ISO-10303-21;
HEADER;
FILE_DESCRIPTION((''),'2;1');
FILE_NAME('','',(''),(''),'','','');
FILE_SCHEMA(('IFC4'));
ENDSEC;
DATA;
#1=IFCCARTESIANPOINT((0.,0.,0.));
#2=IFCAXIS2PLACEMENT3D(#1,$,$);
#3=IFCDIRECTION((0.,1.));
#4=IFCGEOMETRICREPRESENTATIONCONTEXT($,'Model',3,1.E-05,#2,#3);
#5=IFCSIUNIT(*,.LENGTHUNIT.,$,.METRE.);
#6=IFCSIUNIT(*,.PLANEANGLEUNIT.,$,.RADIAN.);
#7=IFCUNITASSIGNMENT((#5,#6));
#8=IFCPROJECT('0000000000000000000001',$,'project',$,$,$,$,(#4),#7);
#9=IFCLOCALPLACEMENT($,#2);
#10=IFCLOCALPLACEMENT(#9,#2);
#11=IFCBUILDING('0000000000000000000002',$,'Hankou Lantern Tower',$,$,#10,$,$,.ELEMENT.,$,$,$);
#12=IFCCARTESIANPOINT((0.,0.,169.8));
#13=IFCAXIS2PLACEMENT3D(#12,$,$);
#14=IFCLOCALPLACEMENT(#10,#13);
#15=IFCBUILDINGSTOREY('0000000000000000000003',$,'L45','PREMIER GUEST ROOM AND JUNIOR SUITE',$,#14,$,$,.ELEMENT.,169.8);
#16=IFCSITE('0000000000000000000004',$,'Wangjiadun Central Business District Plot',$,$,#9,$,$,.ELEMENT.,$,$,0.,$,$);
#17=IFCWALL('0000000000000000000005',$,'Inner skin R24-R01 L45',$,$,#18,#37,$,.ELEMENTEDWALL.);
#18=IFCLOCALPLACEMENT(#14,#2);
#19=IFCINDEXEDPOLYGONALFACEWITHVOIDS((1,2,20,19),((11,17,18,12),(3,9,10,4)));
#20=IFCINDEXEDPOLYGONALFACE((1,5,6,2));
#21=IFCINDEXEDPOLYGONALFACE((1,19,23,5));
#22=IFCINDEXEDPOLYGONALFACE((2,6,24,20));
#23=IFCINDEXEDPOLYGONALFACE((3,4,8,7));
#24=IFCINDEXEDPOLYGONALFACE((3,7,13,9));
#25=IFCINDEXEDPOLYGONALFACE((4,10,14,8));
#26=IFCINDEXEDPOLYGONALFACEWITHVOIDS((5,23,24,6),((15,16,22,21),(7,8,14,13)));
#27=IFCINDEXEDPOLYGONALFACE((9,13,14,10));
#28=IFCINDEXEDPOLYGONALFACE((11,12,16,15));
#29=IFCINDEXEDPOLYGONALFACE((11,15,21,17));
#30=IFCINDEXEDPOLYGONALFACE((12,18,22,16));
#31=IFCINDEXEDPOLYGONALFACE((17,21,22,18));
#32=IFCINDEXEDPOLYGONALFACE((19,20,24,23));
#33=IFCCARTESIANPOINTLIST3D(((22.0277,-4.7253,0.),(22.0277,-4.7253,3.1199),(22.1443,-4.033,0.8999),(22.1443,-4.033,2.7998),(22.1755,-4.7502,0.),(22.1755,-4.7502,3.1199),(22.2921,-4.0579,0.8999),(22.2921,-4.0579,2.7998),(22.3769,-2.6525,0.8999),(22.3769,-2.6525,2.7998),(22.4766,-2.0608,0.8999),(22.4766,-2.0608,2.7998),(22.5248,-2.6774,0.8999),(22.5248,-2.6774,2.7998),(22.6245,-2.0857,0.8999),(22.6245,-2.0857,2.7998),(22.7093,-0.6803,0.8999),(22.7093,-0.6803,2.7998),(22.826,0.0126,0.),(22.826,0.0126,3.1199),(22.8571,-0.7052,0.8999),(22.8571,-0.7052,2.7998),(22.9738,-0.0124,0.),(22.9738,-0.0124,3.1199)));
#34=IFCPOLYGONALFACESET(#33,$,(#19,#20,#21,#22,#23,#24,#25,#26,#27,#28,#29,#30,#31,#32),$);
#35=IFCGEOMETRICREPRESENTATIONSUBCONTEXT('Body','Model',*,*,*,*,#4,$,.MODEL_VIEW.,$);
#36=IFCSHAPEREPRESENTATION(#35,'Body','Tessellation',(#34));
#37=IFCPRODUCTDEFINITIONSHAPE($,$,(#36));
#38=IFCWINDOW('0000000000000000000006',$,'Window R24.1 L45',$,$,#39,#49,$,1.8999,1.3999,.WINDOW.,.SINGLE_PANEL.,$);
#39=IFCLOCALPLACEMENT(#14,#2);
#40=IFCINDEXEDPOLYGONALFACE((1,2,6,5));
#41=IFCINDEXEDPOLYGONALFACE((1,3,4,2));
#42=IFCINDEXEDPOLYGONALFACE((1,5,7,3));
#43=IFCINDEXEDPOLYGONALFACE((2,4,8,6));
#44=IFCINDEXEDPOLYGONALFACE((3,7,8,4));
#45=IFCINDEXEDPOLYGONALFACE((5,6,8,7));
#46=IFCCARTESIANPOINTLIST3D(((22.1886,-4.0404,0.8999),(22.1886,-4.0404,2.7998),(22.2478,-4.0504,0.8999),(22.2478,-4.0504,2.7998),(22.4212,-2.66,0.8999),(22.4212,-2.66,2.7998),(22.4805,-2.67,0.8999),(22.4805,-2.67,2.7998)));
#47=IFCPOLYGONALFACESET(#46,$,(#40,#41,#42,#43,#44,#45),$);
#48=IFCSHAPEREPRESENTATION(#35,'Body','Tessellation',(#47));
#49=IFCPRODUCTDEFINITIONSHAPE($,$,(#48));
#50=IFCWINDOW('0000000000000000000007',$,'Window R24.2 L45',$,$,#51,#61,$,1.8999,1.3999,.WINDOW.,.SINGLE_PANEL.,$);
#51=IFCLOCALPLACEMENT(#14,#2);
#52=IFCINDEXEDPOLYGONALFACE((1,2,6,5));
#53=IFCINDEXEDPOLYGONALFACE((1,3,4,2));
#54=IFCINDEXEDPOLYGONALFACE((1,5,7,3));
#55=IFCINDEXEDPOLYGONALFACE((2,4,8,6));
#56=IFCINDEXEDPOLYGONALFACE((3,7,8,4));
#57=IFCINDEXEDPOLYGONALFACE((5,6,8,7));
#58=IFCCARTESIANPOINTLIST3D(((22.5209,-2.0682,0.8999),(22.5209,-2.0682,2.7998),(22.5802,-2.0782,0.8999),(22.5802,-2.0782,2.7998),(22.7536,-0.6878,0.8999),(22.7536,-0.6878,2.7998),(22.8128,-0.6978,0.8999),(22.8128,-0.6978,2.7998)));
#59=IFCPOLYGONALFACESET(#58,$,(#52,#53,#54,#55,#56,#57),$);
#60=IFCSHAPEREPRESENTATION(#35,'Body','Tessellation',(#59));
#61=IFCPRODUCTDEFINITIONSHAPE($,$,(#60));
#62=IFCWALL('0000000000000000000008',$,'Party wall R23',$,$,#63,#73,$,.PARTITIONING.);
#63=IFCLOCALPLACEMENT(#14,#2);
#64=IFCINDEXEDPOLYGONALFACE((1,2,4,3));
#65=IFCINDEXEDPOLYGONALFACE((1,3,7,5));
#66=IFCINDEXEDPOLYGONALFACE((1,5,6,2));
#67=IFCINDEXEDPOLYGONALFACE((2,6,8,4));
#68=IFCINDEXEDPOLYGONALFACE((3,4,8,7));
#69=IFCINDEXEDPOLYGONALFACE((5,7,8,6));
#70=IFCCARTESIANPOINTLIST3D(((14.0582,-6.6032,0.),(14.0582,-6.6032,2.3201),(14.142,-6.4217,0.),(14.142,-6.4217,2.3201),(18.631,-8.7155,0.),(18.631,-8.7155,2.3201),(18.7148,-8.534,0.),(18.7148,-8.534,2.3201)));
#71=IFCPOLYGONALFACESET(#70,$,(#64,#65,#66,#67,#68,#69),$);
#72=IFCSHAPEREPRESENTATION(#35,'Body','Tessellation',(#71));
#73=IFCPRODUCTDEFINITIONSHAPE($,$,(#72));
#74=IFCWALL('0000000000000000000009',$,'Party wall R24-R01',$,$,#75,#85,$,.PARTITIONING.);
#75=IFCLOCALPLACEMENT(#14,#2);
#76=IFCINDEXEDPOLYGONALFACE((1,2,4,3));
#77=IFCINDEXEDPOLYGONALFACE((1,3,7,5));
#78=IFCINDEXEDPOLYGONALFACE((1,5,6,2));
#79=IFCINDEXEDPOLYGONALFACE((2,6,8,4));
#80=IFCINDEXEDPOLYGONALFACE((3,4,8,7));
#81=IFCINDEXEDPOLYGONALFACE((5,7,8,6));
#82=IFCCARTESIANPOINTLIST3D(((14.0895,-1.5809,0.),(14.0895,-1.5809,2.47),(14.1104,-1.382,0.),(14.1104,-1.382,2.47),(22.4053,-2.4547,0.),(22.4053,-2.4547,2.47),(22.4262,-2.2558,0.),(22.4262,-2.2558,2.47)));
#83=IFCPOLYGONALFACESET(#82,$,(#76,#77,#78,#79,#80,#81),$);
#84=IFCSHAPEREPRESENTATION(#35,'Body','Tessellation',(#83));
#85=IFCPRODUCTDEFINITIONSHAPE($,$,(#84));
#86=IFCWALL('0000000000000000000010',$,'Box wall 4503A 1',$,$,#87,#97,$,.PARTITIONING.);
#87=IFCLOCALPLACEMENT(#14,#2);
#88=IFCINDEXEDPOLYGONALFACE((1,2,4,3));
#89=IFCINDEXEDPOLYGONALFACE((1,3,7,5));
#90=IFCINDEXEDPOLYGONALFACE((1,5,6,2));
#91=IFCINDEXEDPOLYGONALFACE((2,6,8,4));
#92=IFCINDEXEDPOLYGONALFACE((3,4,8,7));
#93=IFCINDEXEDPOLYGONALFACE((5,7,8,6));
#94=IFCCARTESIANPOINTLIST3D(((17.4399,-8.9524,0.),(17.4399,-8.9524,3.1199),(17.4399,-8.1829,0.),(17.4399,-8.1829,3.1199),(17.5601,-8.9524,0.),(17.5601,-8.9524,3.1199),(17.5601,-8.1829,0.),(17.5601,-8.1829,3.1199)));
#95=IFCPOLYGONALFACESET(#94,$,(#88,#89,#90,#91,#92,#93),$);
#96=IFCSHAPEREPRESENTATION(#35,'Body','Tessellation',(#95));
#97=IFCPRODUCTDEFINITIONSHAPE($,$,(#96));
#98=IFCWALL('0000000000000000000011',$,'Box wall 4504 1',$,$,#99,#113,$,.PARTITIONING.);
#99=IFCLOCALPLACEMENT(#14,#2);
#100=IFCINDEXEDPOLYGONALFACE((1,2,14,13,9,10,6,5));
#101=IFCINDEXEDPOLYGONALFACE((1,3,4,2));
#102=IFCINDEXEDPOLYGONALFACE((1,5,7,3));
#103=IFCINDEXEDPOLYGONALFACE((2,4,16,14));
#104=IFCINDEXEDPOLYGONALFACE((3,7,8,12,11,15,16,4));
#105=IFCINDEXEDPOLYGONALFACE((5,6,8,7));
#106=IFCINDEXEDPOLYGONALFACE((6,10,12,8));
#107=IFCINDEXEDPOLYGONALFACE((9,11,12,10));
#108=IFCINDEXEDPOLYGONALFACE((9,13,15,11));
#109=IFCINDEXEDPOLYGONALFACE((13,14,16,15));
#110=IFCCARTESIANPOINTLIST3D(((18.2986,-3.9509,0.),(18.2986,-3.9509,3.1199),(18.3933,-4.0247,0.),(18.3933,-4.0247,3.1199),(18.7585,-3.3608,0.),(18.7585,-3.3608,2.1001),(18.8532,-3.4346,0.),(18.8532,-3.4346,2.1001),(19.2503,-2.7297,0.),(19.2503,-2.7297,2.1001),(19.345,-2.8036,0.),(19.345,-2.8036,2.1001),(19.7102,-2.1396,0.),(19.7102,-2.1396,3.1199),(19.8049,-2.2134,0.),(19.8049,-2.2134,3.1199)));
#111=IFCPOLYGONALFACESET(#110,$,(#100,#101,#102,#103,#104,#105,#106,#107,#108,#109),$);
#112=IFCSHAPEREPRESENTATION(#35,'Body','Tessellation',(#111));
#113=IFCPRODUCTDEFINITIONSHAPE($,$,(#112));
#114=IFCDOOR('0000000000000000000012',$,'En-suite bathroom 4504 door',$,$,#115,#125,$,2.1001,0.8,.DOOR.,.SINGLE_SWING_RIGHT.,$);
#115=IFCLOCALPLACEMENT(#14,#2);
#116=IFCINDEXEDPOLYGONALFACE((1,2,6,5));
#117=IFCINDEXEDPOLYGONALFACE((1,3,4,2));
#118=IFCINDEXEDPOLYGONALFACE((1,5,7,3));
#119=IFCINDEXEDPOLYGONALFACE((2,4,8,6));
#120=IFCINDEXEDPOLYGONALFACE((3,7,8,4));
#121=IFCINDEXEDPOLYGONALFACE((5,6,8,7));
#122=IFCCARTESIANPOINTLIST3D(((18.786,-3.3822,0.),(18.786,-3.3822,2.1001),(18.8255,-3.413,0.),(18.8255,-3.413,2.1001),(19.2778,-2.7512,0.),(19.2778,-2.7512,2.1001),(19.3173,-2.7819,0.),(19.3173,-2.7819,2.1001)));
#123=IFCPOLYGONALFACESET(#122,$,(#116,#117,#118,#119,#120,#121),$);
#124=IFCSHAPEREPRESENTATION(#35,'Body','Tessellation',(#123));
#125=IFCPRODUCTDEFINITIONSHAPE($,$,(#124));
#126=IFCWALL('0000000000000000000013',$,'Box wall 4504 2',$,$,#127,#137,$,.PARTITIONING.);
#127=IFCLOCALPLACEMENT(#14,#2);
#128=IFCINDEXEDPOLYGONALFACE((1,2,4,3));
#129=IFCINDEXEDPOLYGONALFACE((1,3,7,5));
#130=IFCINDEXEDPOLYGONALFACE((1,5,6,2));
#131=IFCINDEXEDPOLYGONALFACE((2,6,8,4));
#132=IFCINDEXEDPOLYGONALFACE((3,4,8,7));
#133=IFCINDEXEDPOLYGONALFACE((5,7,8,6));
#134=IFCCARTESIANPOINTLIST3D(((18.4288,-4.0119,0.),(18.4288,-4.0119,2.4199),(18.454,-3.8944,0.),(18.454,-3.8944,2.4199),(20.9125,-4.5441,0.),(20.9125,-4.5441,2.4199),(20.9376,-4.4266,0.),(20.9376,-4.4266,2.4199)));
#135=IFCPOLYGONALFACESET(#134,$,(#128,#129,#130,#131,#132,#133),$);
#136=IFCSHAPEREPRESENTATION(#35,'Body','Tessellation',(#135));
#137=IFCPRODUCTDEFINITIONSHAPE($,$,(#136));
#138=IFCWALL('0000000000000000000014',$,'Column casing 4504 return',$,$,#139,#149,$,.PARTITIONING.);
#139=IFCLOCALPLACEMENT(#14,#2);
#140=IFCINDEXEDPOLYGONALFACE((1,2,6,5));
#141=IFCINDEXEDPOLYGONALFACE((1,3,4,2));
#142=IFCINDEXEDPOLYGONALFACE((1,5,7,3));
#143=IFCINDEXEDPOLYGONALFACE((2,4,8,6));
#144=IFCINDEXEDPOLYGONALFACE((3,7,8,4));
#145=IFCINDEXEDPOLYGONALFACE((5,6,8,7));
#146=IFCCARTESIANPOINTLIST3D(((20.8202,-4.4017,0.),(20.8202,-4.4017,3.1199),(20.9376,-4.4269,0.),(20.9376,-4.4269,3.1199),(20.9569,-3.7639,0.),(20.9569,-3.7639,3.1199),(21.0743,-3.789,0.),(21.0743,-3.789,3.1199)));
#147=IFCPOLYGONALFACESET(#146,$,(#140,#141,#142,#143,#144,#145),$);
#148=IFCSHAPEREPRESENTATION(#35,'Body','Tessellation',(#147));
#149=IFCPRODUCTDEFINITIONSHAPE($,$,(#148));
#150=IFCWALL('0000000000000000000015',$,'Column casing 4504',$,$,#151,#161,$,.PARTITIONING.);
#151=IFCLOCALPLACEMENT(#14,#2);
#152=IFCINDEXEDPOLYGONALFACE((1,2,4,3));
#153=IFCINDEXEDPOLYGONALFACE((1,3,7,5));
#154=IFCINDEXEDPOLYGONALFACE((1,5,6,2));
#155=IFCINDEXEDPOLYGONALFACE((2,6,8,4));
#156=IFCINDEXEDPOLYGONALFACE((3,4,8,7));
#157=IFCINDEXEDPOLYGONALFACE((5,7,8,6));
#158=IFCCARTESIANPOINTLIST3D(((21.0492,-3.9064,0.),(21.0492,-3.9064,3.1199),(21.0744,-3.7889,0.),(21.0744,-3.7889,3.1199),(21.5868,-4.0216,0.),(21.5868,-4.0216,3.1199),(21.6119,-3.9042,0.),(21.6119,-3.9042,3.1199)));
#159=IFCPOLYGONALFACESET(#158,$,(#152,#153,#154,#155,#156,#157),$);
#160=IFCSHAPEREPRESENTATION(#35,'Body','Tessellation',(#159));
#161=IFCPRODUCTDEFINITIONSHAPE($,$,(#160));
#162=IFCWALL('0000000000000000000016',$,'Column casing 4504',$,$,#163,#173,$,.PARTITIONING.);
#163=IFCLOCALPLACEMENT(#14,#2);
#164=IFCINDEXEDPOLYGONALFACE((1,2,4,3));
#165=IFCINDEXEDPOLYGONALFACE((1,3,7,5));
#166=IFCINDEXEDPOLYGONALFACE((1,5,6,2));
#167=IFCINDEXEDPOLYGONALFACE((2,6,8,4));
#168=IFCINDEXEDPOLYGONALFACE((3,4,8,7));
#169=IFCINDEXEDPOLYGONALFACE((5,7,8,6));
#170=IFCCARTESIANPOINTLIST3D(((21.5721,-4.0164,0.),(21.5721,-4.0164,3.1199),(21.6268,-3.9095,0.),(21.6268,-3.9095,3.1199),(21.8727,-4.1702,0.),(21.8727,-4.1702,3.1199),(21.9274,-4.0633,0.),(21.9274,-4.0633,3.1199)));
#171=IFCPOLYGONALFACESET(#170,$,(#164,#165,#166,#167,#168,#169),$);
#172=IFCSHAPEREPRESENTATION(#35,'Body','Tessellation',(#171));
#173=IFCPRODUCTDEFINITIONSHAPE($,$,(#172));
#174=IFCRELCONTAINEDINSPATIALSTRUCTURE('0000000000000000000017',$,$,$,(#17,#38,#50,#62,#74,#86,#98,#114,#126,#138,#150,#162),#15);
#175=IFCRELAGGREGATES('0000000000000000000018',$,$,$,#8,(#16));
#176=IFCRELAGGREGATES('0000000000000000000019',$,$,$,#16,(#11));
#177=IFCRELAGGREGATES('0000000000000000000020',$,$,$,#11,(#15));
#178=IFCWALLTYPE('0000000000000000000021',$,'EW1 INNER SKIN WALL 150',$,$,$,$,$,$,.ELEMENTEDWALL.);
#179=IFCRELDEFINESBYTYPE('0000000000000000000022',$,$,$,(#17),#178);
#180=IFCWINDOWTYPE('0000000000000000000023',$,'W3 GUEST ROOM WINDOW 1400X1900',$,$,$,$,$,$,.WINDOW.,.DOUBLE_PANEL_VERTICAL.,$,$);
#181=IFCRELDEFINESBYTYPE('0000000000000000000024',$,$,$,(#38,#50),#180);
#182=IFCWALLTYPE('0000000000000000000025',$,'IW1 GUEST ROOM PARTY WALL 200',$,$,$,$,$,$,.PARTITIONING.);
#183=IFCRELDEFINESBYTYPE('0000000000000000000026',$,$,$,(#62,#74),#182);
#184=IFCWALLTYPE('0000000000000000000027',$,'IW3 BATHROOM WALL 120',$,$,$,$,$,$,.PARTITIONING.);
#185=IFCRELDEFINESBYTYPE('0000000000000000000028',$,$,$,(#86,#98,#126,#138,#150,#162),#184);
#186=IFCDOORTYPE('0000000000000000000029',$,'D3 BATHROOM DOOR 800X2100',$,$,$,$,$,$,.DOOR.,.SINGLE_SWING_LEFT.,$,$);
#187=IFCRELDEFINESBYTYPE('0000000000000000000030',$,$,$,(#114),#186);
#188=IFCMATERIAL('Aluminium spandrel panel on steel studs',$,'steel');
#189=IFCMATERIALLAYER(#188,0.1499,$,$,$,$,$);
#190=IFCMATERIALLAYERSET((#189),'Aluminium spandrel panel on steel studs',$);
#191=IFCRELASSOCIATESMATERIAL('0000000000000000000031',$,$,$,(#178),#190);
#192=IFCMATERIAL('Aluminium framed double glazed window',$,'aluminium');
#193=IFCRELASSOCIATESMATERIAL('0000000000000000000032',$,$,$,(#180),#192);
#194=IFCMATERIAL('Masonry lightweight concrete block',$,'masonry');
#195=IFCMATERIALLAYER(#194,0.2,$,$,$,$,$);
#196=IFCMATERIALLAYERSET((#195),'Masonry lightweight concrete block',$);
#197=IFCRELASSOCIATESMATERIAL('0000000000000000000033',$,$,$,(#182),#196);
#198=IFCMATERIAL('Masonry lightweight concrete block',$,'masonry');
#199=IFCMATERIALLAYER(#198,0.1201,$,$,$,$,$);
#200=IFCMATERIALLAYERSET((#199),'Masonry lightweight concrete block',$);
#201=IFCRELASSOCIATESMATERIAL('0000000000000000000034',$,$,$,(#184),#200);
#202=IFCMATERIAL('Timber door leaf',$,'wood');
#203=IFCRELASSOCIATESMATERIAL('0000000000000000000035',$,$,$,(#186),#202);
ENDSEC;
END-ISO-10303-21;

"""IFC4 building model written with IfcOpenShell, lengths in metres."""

from ifc_helpers import new_model, si_unit, direction, frame, frame_2d, origin, place, context, subcontext, project, spatial, rectangle, extrude, material, layer, layer_set, type_object, element, fill, save


model = new_model("IFC4")

# Units and contexts
model_context = context("Model", 3, precision=1e-05, world=origin(), true_north=direction((0.0, 1.0)))
body_context = subcontext(model_context, "Body", "Model", "MODEL_VIEW")
ifc_project = project(units=[si_unit("LENGTHUNIT", "METRE"), si_unit("PLANEANGLEUNIT", "RADIAN")], contexts=[model_context])

# Site, building, storey
site_placement = place(None, origin())
site = spatial("IfcSite", under=ifc_project, at=site_placement, Name="Wangjiadun Central Business District Plot", CompositionType="ELEMENT", RefElevation=0.0)
building_placement = place(site_placement, origin())
building = spatial("IfcBuilding", under=site, at=building_placement, Name="Hankou Lantern Tower", CompositionType="ELEMENT")
storey_placement = place(building_placement, frame((0.0, 0.0, 169.8)))
storey = spatial("IfcBuildingStorey", under=building, at=storey_placement, Name="L45", Description="PREMIER GUEST ROOM AND JUNIOR SUITE", CompositionType="ELEMENT", Elevation=169.8)

# Wall, openings, windows
ifc_material_1 = material(Name="Aluminium spandrel panel on steel studs", Category="steel")
ifc_layer_1 = layer(ifc_material_1, 0.1499)
ifc_layer_set_1 = layer_set([ifc_layer_1], Name="Aluminium spandrel panel on steel studs")
wall_type_1 = type_object("IfcWallType", Name="EW1 INNER SKIN WALL 150", PredefinedType="ELEMENTEDWALL", material=ifc_layer_set_1)
wall_1_placement = place(storey_placement, frame((22.1016, -4.7378, 0.0), z_axis=(0.0, 0.0, 1.0), x_axis=(0.166162, 0.986098, 0.0)))
wall_1 = element("IfcWall", 1, at=wall_1_placement, inside=storey, type_object=wall_type_1, Name="Inner skin R24-R01 L45", PredefinedType="ELEMENTEDWALL", context=body_context, shape_type="SweptSolid", body=[
    extrude(rectangle(XDim=4.8047, YDim=0.1499, at=frame_2d((2.4023, 0.0))), origin(), (0.0, 0.0, 1.0), 3.1199),
])
opening_1_placement = place(wall_1_placement, frame((0.7021, 0.0, 0.8999)))
opening_1 = element("IfcOpeningElement", 2, at=opening_1_placement, cuts=wall_1, PredefinedType="OPENING", context=body_context, shape_type="SweptSolid", body=[
    extrude(rectangle(XDim=1.3999, YDim=1.8999, at=frame_2d((0.7, 0.95))), frame((0.0, 0.085, 0.0), z_axis=(0.0, -1.0, 0.0), x_axis=(1.0, 0.0, 0.0)), (0.0, 0.0, 1.0), 0.1699),
])
opening_2_placement = place(wall_1_placement, frame((2.7021, 0.0, 0.8999)))
opening_2 = element("IfcOpeningElement", 3, at=opening_2_placement, cuts=wall_1, PredefinedType="OPENING", context=body_context, shape_type="SweptSolid", body=[
    extrude(rectangle(XDim=1.3999, YDim=1.8999, at=frame_2d((0.7, 0.95))), frame((0.0, 0.085, 0.0), z_axis=(0.0, -1.0, 0.0), x_axis=(1.0, 0.0, 0.0)), (0.0, 0.0, 1.0), 0.1699),
])
ifc_material_2 = material(Name="Aluminium framed double glazed window", Category="aluminium")
window_type = type_object("IfcWindowType", Name="W3 GUEST ROOM WINDOW 1400X1900", PartitioningType="DOUBLE_PANEL_VERTICAL", PredefinedType="WINDOW", material=ifc_material_2)
window_1_placement = place(opening_1_placement, origin())
window_1 = element("IfcWindow", 4, at=window_1_placement, inside=storey, type_object=window_type, Name="Window R24.1 L45", OverallHeight=1.8999, OverallWidth=1.3999, PartitioningType="SINGLE_PANEL", PredefinedType="WINDOW", context=body_context, shape_type="SweptSolid", body=[
    extrude(rectangle(XDim=1.3999, YDim=1.8999, at=frame_2d((0.7, 0.95))), frame((0.0, 0.03, 0.0), z_axis=(0.0, -1.0, 0.0), x_axis=(1.0, 0.0, 0.0)), (0.0, 0.0, 1.0), 0.0601),
])
fill(opening_1, window_1)
window_2_placement = place(opening_2_placement, origin())
window_2 = element("IfcWindow", 5, at=window_2_placement, inside=storey, type_object=window_type, Name="Window R24.2 L45", OverallHeight=1.8999, OverallWidth=1.3999, PartitioningType="SINGLE_PANEL", PredefinedType="WINDOW", context=body_context, shape_type="SweptSolid", body=[
    extrude(rectangle(XDim=1.3999, YDim=1.8999, at=frame_2d((0.7, 0.95))), frame((0.0, 0.03, 0.0), z_axis=(0.0, -1.0, 0.0), x_axis=(1.0, 0.0, 0.0)), (0.0, 0.0, 1.0), 0.0601),
])
fill(opening_2, window_2)

# Walls
ifc_material_3 = material(Name="Masonry lightweight concrete block", Category="masonry")
ifc_layer_2 = layer(ifc_material_3, 0.2)
ifc_layer_set_2 = layer_set([ifc_layer_2], Name="Masonry lightweight concrete block")
wall_type_2 = type_object("IfcWallType", Name="IW1 GUEST ROOM PARTY WALL 200", PredefinedType="PARTITIONING", material=ifc_layer_set_2)
wall_2_placement = place(storey_placement, frame((14.1001, -6.5125, 0.0), z_axis=(0.0, 0.0, 1.0), x_axis=(0.907823, -0.419353, 0.0)))
element("IfcWall", 6, at=wall_2_placement, inside=storey, type_object=wall_type_2, Name="Party wall R23", PredefinedType="PARTITIONING", context=body_context, shape_type="SweptSolid", body=[
    extrude(rectangle(XDim=5.0371, YDim=0.2, at=frame_2d((2.5186, 0.0))), origin(), (0.0, 0.0, 1.0), 2.3201),
])
wall_3_placement = place(storey_placement, frame((14.1001, -1.4814, 0.0), z_axis=(0.0, 0.0, 1.0), x_axis=(0.994525, -0.104501, 0.0)))
element("IfcWall", 7, at=wall_3_placement, inside=storey, type_object=wall_type_2, Name="Party wall R24-R01", PredefinedType="PARTITIONING", context=body_context, shape_type="SweptSolid", body=[
    extrude(rectangle(XDim=8.3616, YDim=0.2, at=frame_2d((4.1807, 0.0))), origin(), (0.0, 0.0, 1.0), 2.47),
])
ifc_material_4 = material(Name="Masonry lightweight concrete block", Category="masonry")
ifc_layer_3 = layer(ifc_material_4, 0.1201)
ifc_layer_set_3 = layer_set([ifc_layer_3], Name="Masonry lightweight concrete block")
wall_type_3 = type_object("IfcWallType", Name="IW3 BATHROOM WALL 120", PredefinedType="PARTITIONING", material=ifc_layer_set_3)
wall_4_placement = place(storey_placement, frame((17.5, -8.1829, 0.0), z_axis=(0.0, 0.0, 1.0), x_axis=(0.0, -1.0, 0.0)))
element("IfcWall", 8, at=wall_4_placement, inside=storey, type_object=wall_type_3, Name="Box wall 4503A 1", PredefinedType="PARTITIONING", context=body_context, shape_type="SweptSolid", body=[
    extrude(rectangle(XDim=0.7695, YDim=0.1201, at=frame_2d((0.3848, 0.0))), origin(), (0.0, 0.0, 1.0), 3.1199),
])

# Wall, opening, door
wall_5_placement = place(storey_placement, frame((19.7576, -2.1765, 0.0), z_axis=(0.0, 0.0, 1.0), x_axis=(-0.614713, -0.788751, 0.0)))
wall_5 = element("IfcWall", 9, at=wall_5_placement, inside=storey, type_object=wall_type_3, Name="Box wall 4504 1", PredefinedType="PARTITIONING", context=body_context, shape_type="SweptSolid", body=[
    extrude(rectangle(XDim=2.2964, YDim=0.1201, at=frame_2d((1.1482, 0.0))), origin(), (0.0, 0.0, 1.0), 3.1199),
])
opening_3_placement = place(wall_5_placement, frame((0.7483, 0.0, 0.0)))
opening_3 = element("IfcOpeningElement", 10, at=opening_3_placement, cuts=wall_5, PredefinedType="OPENING", context=body_context, shape_type="SweptSolid", body=[
    extrude(rectangle(XDim=0.8, YDim=2.1001, at=frame_2d((0.3999, 1.05))), frame((0.0, 0.0701, 0.0), z_axis=(0.0, -1.0, 0.0), x_axis=(1.0, 0.0, 0.0)), (0.0, 0.0, 1.0), 0.1401),
])
ifc_material_5 = material(Name="Timber door leaf", Category="wood")
door_type = type_object("IfcDoorType", Name="D3 BATHROOM DOOR 800X2100", OperationType="SINGLE_SWING_LEFT", PredefinedType="DOOR", material=ifc_material_5)
door_1_placement = place(opening_3_placement, origin())
door_1 = element("IfcDoor", 11, at=door_1_placement, inside=storey, type_object=door_type, Name="En-suite bathroom 4504 door", OperationType="SINGLE_SWING_RIGHT", OverallHeight=2.1001, OverallWidth=0.8, PredefinedType="DOOR", context=body_context, shape_type="SweptSolid", body=[
    extrude(rectangle(XDim=0.8, YDim=2.1001, at=frame_2d((0.3999, 1.05))), frame((0.0, 0.0249, 0.0), z_axis=(0.0, -1.0, 0.0), x_axis=(1.0, 0.0, 0.0)), (0.0, 0.0, 1.0), 0.05),
])
fill(opening_3, door_1)

# Walls
wall_6_placement = place(storey_placement, frame((18.4414, -3.9531, 0.0), z_axis=(0.0, 0.0, 1.0), x_axis=(0.977801, -0.209536, 0.0)))
element("IfcWall", 12, at=wall_6_placement, inside=storey, type_object=wall_type_3, Name="Box wall 4504 2", PredefinedType="PARTITIONING", context=body_context, shape_type="SweptSolid", body=[
    extrude(rectangle(XDim=2.54, YDim=0.1201, at=frame_2d((1.27, 0.0))), origin(), (0.0, 0.0, 1.0), 2.4199),
])
wall_7_placement = place(storey_placement, frame((20.8789, -4.4143, 0.0), z_axis=(0.0, 0.0, 1.0), x_axis=(0.209555, 0.977797, 0.0)))
element("IfcWall", 13, at=wall_7_placement, inside=storey, type_object=wall_type_3, Name="Column casing 4504 return", PredefinedType="PARTITIONING", context=body_context, shape_type="SweptSolid", body=[
    extrude(rectangle(XDim=0.6523, YDim=0.1201, at=frame_2d((0.3262, 0.0))), origin(), (0.0, 0.0, 1.0), 3.1199),
])
wall_8_placement = place(storey_placement, frame((21.0618, -3.8477, 0.0), z_axis=(0.0, 0.0, 1.0), x_axis=(0.977789, -0.20959, 0.0)))
element("IfcWall", 14, at=wall_8_placement, inside=storey, type_object=wall_type_3, Name="Column casing 4504", PredefinedType="PARTITIONING", context=body_context, shape_type="SweptSolid", body=[
    extrude(rectangle(XDim=0.5498, YDim=0.1201, at=frame_2d((0.2749, 0.0))), origin(), (0.0, 0.0, 1.0), 3.1199),
])
wall_9_placement = place(storey_placement, frame((21.5994, -3.9629, 0.0), z_axis=(0.0, 0.0, 1.0), x_axis=(0.890194, -0.455582, 0.0)))
element("IfcWall", 15, at=wall_9_placement, inside=storey, type_object=wall_type_3, Name="Column casing 4504", PredefinedType="PARTITIONING", context=body_context, shape_type="SweptSolid", body=[
    extrude(rectangle(XDim=0.3376, YDim=0.1201, at=frame_2d((0.1689, 0.0))), origin(), (0.0, 0.0, 1.0), 3.1199),
])

save(model, "model.ifc")
